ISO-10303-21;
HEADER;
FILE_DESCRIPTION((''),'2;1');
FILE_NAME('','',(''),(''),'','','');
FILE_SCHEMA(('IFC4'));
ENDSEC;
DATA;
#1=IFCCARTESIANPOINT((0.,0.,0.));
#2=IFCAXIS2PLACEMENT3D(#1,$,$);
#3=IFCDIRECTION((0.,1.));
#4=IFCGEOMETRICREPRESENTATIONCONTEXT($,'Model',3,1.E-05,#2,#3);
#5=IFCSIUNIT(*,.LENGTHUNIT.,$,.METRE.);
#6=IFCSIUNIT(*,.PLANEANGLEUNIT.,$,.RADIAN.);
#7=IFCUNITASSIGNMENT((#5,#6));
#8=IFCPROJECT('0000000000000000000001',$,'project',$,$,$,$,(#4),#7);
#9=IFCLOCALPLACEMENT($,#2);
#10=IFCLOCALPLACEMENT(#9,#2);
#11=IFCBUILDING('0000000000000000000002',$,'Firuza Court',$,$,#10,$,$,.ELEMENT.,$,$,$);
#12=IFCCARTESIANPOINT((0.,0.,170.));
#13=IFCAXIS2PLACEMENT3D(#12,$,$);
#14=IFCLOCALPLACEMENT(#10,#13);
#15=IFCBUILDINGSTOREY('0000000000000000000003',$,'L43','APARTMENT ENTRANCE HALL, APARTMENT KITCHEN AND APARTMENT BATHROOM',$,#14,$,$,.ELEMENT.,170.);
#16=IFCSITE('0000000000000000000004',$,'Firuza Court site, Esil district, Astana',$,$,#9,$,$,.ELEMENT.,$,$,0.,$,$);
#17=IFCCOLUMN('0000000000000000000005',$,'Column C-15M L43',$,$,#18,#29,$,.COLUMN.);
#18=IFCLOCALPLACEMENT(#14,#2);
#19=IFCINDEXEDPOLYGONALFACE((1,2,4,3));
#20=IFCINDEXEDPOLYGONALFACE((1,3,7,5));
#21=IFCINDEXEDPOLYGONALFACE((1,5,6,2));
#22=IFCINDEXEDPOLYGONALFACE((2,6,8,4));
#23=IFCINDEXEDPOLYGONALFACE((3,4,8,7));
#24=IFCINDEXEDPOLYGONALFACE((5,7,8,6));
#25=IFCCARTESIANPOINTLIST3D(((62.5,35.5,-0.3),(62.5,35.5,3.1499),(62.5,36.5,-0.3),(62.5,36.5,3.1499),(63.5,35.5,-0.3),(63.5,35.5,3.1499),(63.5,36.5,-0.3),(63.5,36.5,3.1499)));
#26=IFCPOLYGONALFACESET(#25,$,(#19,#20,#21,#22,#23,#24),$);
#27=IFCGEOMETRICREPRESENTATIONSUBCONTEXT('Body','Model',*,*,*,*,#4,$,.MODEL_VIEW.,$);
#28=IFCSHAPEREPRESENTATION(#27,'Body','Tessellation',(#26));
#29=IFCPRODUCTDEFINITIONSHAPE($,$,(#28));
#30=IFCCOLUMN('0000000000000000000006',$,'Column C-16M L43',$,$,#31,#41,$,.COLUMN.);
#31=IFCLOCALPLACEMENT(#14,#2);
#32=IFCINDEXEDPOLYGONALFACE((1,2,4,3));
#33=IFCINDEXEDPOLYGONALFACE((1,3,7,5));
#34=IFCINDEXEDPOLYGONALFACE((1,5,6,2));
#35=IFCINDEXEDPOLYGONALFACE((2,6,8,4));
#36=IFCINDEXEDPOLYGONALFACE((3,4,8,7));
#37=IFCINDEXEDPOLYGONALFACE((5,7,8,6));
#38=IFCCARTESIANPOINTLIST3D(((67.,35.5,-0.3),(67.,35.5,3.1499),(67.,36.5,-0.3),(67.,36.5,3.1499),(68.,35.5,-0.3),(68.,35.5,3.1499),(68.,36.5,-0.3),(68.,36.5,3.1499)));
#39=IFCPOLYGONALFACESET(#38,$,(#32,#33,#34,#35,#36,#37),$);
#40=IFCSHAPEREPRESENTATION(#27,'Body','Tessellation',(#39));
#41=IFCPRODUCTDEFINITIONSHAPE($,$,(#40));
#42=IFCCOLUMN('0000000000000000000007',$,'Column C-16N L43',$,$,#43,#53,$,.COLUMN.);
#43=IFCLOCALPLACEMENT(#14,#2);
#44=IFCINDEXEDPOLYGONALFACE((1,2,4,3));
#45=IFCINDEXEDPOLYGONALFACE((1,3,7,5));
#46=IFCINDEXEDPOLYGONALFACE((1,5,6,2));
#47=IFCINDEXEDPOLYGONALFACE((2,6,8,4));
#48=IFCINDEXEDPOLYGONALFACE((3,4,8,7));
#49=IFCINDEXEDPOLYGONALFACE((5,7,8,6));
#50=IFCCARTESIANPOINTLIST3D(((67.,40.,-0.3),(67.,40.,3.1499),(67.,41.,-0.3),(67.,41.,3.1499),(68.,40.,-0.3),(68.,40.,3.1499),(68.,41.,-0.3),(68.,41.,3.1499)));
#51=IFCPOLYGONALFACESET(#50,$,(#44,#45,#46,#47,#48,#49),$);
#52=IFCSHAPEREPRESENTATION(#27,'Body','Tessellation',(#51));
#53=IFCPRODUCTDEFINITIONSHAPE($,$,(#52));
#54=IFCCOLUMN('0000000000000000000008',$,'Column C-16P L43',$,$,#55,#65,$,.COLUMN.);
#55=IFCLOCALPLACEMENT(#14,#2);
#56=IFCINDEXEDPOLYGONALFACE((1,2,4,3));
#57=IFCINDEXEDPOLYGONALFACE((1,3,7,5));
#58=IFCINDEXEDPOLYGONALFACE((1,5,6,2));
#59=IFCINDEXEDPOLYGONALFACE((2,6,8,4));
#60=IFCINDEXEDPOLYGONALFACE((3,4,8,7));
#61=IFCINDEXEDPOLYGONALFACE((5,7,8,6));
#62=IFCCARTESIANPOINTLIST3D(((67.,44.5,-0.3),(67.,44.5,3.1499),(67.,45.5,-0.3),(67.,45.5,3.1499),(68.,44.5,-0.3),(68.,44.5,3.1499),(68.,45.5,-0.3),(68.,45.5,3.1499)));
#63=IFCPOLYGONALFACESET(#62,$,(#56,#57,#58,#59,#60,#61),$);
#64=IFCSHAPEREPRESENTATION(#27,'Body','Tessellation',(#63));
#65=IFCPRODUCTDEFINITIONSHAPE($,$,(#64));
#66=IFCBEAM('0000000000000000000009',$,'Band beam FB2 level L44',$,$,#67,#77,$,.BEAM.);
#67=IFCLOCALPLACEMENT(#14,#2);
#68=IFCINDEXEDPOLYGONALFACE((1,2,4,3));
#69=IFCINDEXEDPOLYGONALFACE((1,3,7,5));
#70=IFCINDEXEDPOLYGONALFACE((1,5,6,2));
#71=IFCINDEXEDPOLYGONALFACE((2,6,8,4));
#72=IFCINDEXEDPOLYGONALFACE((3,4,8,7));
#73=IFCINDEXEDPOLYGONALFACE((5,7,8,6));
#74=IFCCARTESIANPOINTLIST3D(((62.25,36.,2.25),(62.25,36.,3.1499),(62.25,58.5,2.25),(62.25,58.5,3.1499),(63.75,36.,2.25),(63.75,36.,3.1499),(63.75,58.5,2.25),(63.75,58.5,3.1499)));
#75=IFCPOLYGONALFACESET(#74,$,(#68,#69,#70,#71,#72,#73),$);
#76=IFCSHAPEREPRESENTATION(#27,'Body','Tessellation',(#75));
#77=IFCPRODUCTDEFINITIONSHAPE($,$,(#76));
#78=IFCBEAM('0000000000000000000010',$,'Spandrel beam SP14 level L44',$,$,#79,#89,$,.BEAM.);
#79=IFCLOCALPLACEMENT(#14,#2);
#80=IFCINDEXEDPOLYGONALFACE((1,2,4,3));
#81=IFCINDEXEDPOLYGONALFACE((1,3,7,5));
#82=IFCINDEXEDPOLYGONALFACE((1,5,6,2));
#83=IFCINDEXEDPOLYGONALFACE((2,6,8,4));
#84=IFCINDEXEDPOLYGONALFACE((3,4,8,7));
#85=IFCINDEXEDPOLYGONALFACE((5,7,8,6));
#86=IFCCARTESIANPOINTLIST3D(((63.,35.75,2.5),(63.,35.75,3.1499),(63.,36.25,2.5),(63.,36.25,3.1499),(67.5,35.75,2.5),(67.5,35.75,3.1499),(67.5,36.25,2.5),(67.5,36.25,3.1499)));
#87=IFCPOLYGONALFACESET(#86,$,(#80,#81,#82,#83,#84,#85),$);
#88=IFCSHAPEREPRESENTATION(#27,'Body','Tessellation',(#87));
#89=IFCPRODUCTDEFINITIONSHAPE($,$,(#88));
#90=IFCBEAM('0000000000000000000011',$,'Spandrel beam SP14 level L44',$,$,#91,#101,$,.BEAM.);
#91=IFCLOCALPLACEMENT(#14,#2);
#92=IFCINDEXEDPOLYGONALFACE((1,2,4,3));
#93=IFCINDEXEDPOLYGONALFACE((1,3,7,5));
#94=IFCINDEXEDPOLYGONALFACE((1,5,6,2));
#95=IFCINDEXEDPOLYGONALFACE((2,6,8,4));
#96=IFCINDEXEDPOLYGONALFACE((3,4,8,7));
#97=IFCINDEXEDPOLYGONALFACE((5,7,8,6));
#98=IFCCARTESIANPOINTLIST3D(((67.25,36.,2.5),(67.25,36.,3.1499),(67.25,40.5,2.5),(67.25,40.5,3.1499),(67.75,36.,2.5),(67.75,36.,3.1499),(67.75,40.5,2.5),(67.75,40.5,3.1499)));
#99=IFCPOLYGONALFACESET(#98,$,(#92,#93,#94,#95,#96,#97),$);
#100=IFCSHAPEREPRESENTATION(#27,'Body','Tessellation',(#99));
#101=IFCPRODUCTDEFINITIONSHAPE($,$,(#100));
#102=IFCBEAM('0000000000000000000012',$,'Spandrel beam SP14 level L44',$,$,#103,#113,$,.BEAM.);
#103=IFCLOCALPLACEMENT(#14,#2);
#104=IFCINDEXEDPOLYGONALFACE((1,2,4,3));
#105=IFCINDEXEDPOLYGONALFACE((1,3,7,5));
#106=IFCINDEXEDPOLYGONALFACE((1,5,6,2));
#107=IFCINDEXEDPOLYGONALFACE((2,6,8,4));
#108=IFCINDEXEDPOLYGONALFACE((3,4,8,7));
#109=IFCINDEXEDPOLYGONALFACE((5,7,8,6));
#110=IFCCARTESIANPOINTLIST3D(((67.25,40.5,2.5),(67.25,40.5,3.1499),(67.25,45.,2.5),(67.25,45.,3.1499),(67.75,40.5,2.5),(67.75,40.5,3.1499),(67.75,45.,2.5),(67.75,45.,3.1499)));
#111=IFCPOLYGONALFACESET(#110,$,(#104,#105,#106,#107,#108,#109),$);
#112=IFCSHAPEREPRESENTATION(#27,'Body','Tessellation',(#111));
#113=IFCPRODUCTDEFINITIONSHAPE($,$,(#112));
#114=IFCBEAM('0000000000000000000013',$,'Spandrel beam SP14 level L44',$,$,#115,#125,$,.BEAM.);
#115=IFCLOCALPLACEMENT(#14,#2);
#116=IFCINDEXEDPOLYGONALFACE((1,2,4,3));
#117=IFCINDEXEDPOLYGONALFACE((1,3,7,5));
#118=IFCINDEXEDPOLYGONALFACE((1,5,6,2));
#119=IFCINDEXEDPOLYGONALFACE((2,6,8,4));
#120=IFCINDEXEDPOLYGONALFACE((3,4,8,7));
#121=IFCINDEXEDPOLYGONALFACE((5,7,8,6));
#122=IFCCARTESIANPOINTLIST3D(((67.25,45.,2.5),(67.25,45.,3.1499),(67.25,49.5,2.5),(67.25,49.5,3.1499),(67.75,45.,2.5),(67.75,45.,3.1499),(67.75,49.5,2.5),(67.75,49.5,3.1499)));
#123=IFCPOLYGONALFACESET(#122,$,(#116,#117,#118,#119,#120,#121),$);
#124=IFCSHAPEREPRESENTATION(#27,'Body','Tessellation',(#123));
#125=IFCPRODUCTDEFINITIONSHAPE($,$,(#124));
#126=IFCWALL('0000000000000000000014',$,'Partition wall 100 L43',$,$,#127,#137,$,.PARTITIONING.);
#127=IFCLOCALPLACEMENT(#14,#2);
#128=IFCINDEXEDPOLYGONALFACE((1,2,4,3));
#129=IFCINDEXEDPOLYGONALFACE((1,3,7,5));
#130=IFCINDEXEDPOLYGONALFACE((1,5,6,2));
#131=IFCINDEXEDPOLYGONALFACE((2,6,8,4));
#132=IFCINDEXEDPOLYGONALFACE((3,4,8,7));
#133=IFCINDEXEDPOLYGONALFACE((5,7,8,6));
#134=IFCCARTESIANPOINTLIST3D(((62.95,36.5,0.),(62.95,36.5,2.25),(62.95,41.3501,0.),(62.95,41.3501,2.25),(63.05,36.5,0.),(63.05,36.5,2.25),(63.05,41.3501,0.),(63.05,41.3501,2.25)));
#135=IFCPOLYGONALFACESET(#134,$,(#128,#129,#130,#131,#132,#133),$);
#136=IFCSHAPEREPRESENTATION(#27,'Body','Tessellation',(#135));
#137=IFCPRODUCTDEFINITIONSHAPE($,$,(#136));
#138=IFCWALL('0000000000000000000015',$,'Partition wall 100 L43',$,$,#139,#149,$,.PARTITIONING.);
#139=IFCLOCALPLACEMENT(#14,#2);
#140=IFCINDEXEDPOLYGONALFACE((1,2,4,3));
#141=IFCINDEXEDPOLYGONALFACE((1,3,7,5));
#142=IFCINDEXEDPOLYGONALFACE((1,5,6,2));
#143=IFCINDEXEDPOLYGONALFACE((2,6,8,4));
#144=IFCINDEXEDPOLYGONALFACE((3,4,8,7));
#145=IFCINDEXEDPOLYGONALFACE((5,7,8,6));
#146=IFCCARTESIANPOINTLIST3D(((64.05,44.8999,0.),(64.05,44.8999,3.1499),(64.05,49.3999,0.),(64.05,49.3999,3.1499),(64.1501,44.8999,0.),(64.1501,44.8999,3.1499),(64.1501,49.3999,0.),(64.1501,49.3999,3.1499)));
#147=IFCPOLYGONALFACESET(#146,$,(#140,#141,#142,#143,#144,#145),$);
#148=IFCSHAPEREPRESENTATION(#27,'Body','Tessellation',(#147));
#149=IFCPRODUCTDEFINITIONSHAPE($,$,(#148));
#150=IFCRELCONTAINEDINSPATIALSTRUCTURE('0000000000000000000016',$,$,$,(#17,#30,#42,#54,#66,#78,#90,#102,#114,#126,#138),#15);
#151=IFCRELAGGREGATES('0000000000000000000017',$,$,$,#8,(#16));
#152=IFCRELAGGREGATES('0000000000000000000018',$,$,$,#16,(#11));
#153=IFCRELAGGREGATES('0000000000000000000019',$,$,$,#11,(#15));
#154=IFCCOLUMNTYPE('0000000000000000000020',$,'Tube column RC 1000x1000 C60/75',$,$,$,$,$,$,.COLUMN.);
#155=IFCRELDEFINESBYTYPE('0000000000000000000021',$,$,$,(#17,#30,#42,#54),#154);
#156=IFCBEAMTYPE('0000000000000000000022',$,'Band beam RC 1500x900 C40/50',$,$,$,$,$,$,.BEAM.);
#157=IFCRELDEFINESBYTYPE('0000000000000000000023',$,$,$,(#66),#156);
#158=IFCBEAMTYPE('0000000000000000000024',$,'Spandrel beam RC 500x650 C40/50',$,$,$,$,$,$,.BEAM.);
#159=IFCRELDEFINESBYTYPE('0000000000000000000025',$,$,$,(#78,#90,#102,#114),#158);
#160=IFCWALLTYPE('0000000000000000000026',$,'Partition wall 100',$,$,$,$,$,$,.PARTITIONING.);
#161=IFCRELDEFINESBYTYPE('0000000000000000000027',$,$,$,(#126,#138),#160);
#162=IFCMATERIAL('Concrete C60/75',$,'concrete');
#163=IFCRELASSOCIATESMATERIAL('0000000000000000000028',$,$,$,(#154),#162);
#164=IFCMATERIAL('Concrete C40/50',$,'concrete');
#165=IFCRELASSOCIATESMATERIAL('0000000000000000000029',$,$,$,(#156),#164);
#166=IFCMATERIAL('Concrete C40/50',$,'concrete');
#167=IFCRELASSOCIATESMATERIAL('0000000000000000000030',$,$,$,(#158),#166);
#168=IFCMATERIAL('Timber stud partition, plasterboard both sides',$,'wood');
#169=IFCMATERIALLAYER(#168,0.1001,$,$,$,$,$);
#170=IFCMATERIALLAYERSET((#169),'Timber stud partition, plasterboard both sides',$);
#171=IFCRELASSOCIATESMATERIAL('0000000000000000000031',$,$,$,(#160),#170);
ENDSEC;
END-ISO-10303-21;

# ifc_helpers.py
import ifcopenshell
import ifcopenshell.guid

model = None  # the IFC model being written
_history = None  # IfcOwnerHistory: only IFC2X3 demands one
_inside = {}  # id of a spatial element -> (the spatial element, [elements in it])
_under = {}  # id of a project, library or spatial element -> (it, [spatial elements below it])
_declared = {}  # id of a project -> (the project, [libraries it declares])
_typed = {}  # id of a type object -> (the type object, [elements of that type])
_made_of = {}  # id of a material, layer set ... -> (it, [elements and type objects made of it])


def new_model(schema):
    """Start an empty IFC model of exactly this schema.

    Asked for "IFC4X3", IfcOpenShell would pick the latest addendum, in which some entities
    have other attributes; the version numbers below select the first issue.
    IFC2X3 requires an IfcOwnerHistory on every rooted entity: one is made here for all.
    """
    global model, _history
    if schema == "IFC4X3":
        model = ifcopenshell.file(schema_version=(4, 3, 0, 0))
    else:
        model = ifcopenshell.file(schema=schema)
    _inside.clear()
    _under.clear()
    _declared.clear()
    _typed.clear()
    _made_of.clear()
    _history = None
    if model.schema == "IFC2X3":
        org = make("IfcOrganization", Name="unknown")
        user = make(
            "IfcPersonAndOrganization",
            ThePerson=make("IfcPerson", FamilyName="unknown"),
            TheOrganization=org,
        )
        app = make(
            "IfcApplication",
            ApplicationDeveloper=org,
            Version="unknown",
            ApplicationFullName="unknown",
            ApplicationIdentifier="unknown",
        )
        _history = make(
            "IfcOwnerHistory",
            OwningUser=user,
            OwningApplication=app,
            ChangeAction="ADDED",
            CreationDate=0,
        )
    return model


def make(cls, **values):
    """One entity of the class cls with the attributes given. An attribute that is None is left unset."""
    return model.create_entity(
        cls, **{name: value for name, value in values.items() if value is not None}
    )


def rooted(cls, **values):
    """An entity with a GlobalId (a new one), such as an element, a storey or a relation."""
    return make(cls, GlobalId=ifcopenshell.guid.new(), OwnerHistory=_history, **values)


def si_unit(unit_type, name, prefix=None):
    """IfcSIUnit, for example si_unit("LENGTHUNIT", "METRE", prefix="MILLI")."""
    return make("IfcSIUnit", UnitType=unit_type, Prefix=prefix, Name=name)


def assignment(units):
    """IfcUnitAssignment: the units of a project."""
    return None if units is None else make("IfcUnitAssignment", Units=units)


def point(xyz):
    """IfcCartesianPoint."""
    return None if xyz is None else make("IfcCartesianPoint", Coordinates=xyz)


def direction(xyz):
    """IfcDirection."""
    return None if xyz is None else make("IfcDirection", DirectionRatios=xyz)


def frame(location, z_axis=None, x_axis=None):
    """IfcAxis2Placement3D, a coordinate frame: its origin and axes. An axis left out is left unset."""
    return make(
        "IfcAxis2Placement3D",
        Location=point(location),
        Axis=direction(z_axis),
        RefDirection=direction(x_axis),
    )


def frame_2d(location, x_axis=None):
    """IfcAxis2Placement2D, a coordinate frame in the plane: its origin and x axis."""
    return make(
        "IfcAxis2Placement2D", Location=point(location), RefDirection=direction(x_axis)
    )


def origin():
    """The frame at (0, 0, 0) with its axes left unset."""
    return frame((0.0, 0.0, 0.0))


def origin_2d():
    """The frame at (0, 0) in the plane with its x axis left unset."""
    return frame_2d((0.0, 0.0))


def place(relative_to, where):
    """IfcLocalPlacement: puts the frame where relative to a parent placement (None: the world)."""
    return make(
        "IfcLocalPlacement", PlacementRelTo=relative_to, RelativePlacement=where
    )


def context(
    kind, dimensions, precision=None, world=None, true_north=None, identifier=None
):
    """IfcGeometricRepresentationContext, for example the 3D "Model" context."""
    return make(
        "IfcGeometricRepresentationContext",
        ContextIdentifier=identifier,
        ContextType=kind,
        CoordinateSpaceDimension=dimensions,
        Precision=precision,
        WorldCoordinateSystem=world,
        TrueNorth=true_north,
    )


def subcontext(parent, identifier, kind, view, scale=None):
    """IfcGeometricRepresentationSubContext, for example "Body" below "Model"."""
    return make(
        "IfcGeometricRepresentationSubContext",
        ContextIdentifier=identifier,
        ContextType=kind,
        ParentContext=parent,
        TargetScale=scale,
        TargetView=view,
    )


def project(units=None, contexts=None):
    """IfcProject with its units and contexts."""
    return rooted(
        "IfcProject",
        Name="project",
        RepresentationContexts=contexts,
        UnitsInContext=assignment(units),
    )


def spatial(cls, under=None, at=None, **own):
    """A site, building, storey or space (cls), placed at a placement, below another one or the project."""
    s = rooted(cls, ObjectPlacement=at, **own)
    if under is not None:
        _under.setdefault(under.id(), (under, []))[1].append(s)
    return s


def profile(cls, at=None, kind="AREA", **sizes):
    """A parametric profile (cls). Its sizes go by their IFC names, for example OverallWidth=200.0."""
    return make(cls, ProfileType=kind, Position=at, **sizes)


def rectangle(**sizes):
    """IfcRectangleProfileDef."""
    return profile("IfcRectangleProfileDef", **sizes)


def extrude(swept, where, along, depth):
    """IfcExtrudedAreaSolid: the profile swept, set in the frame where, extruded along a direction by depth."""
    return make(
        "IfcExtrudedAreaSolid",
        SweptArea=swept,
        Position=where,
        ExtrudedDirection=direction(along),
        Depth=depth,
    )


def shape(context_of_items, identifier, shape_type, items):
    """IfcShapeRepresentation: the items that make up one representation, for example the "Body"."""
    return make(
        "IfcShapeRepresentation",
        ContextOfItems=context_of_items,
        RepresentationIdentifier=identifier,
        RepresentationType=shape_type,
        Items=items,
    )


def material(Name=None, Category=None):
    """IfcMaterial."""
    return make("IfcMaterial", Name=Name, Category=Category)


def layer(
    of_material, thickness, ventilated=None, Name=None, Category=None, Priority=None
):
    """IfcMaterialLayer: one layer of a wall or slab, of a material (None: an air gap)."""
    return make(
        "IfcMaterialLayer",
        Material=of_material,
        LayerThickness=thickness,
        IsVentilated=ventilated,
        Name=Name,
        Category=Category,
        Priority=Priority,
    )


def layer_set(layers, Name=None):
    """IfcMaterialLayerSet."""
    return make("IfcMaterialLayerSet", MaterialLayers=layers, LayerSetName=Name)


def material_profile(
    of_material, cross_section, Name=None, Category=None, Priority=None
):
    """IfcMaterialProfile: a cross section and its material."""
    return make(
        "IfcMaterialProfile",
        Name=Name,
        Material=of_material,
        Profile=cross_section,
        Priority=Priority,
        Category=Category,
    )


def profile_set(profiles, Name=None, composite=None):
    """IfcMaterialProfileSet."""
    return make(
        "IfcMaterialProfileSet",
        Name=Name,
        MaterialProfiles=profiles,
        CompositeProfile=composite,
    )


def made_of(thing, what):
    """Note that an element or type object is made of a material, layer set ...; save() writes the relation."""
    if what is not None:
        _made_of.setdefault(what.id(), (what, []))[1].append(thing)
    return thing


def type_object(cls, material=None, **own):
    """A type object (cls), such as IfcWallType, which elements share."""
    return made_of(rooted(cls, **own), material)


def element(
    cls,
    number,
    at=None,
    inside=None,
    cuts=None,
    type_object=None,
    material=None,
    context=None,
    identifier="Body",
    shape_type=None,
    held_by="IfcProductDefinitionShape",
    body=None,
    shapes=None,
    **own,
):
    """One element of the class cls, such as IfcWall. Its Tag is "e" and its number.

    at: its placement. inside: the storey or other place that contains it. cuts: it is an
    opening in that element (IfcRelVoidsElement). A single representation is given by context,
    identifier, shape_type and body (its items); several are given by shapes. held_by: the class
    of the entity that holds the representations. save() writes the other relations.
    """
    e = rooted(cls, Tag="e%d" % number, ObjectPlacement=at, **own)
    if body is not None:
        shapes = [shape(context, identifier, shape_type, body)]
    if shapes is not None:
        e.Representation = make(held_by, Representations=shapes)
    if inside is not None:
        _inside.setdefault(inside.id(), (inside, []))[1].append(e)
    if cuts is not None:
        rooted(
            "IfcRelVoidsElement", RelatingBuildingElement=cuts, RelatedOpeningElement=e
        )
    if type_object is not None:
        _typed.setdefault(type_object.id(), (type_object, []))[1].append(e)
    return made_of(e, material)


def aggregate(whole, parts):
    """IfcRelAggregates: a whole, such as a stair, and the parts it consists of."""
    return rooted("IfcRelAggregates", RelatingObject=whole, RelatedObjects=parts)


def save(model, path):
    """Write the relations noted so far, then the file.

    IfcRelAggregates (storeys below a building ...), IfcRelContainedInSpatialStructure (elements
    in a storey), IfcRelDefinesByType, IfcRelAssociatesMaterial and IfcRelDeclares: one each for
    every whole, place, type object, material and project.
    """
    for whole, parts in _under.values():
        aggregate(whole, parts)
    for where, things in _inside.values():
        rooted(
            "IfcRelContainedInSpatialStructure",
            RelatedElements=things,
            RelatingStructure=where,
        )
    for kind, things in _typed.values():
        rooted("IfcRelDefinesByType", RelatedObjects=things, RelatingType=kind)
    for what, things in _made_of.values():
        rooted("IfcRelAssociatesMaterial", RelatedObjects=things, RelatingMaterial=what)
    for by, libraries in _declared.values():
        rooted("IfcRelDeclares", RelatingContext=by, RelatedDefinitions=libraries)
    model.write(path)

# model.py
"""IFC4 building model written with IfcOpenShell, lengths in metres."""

from ifc_helpers import new_model, si_unit, direction, frame, frame_2d, origin, origin_2d, place, context, subcontext, project, spatial, rectangle, extrude, material, layer, layer_set, material_profile, profile_set, type_object, element, save


model = new_model("IFC4")

# Units and contexts
model_context = context("Model", 3, precision=1e-05, world=origin(), true_north=direction((0.0, 1.0)))
body_context = subcontext(model_context, "Body", "Model", "MODEL_VIEW")
ifc_project = project(units=[si_unit("LENGTHUNIT", "METRE"), si_unit("PLANEANGLEUNIT", "RADIAN")], contexts=[model_context])

# Site, building, storey
site_placement = place(None, origin())
site = spatial("IfcSite", under=ifc_project, at=site_placement, Name="Firuza Court site, Esil district, Astana", CompositionType="ELEMENT", RefElevation=0.0)
building_placement = place(site_placement, origin())
building = spatial("IfcBuilding", under=site, at=building_placement, Name="Firuza Court", CompositionType="ELEMENT")
storey_placement = place(building_placement, frame((0.0, 0.0, 170.0)))
storey = spatial("IfcBuildingStorey", under=building, at=storey_placement, Name="L43", Description="APARTMENT ENTRANCE HALL, APARTMENT KITCHEN AND APARTMENT BATHROOM", CompositionType="ELEMENT", Elevation=170.0)

# Columns
ifc_material_1 = material(Name="Concrete C60/75", Category="concrete")
ifc_material_profile_1 = material_profile(ifc_material_1, rectangle(XDim=1.0, YDim=1.0, at=origin_2d()), Name="RC 1000x1000")
ifc_profile_set_1 = profile_set([ifc_material_profile_1], Name="Concrete C60/75")
column_type = type_object("IfcColumnType", Name="Tube column RC 1000x1000 C60/75", PredefinedType="COLUMN", material=ifc_profile_set_1)
for number, where, z_axis, x_axis, name in (
    (1, (63.0, 36.0, -0.3), (0.0, 0.0, 1.0), (1.0, 0.0, 0.0), "Column C-15M L43"),
    (2, (67.5, 36.0, -0.3), (0.0, 0.0, 1.0), (1.0, 0.0, 0.0), "Column C-16M L43"),
    (3, (67.5, 40.5, -0.3), (0.0, 0.0, 1.0), (1.0, 0.0, 0.0), "Column C-16N L43"),
    (4, (67.5, 45.0, -0.3), (0.0, 0.0, 1.0), (1.0, 0.0, 0.0), "Column C-16P L43"),
):
    element("IfcColumn", number, at=place(storey_placement, frame(where, z_axis=z_axis, x_axis=x_axis)), inside=storey, type_object=column_type, Name=name, PredefinedType="COLUMN", context=body_context, shape_type="SweptSolid", body=[
        extrude(rectangle(XDim=1.0, YDim=1.0, at=origin_2d()), origin(), (0.0, 0.0, 1.0), 3.45),
    ])

# Beams
ifc_material_2 = material(Name="Concrete C40/50", Category="concrete")
ifc_material_profile_2 = material_profile(ifc_material_2, rectangle(XDim=1.5, YDim=0.8999, at=origin_2d()), Name="RC 1500x900")
ifc_profile_set_2 = profile_set([ifc_material_profile_2], Name="Concrete C40/50")
beam_type_1 = type_object("IfcBeamType", Name="Band beam RC 1500x900 C40/50", PredefinedType="BEAM", material=ifc_profile_set_2)
beam_placement = place(storey_placement, frame((63.0, 36.0, 2.7), z_axis=(0.0, 1.0, 0.0), x_axis=(-1.0, 0.0, 0.0)))
element("IfcBeam", 5, at=beam_placement, inside=storey, type_object=beam_type_1, Name="Band beam FB2 level L44", PredefinedType="BEAM", context=body_context, shape_type="SweptSolid", body=[
    extrude(rectangle(XDim=1.5, YDim=0.8999, at=origin_2d()), origin(), (0.0, 0.0, 1.0), 22.5),
])
ifc_material_3 = material(Name="Concrete C40/50", Category="concrete")
ifc_material_profile_3 = material_profile(ifc_material_3, rectangle(XDim=0.5, YDim=0.6499, at=origin_2d()), Name="RC 500x650")
ifc_profile_set_3 = profile_set([ifc_material_profile_3], Name="Concrete C40/50")
beam_type_2 = type_object("IfcBeamType", Name="Spandrel beam RC 500x650 C40/50", PredefinedType="BEAM", material=ifc_profile_set_3)
for number, where, z_axis, x_axis, name in (
    (6, (63.0, 36.0, 2.825), (1.0, 0.0, 0.0), (0.0, 1.0, 0.0), "Spandrel beam SP14 level L44"),
    (7, (67.5, 36.0, 2.825), (0.0, 1.0, 0.0), (-1.0, 0.0, 0.0), "Spandrel beam SP14 level L44"),
    (8, (67.5, 40.5, 2.825), (0.0, 1.0, 0.0), (-1.0, 0.0, 0.0), "Spandrel beam SP14 level L44"),
    (9, (67.5, 45.0, 2.825), (0.0, 1.0, 0.0), (-1.0, 0.0, 0.0), "Spandrel beam SP14 level L44"),
):
    element("IfcBeam", number, at=place(storey_placement, frame(where, z_axis=z_axis, x_axis=x_axis)), inside=storey, type_object=beam_type_2, Name=name, PredefinedType="BEAM", context=body_context, shape_type="SweptSolid", body=[
        extrude(rectangle(XDim=0.5, YDim=0.6499, at=origin_2d()), origin(), (0.0, 0.0, 1.0), 4.5),
    ])

# Walls
ifc_material_4 = material(Name="Timber stud partition, plasterboard both sides", Category="wood")
ifc_layer_1 = layer(ifc_material_4, 0.1001)
ifc_layer_set_1 = layer_set([ifc_layer_1], Name="Timber stud partition, plasterboard both sides")
wall_type_1 = type_object("IfcWallType", Name="Partition wall 100", PredefinedType="PARTITIONING", material=ifc_layer_set_1)
wall_1_placement = place(storey_placement, frame((63.0, 36.5, 0.0), z_axis=(0.0, 0.0, 1.0), x_axis=(0.0, 1.0, 0.0)))
element("IfcWall", 10, at=wall_1_placement, inside=storey, type_object=wall_type_1, Name="Partition wall 100 L43", PredefinedType="PARTITIONING", context=body_context, shape_type="SweptSolid", body=[
    extrude(rectangle(XDim=4.8501, YDim=0.1001, at=frame_2d((2.425, 0.0))), origin(), (0.0, 0.0, 1.0), 2.25),
])
wall_2_placement = place(storey_placement, frame((64.1001, 44.8999, 0.0), z_axis=(0.0, 0.0, 1.0), x_axis=(0.0, 1.0, 0.0)))
element("IfcWall", 11, at=wall_2_placement, inside=storey, type_object=wall_type_1, Name="Partition wall 100 L43", PredefinedType="PARTITIONING", context=body_context, shape_type="SweptSolid", body=[
    extrude(rectangle(XDim=4.5, YDim=0.1001, at=frame_2d((2.25, 0.0))), origin(), (0.0, 0.0, 1.0), 3.1499),
])

save(model, "model.ifc")
